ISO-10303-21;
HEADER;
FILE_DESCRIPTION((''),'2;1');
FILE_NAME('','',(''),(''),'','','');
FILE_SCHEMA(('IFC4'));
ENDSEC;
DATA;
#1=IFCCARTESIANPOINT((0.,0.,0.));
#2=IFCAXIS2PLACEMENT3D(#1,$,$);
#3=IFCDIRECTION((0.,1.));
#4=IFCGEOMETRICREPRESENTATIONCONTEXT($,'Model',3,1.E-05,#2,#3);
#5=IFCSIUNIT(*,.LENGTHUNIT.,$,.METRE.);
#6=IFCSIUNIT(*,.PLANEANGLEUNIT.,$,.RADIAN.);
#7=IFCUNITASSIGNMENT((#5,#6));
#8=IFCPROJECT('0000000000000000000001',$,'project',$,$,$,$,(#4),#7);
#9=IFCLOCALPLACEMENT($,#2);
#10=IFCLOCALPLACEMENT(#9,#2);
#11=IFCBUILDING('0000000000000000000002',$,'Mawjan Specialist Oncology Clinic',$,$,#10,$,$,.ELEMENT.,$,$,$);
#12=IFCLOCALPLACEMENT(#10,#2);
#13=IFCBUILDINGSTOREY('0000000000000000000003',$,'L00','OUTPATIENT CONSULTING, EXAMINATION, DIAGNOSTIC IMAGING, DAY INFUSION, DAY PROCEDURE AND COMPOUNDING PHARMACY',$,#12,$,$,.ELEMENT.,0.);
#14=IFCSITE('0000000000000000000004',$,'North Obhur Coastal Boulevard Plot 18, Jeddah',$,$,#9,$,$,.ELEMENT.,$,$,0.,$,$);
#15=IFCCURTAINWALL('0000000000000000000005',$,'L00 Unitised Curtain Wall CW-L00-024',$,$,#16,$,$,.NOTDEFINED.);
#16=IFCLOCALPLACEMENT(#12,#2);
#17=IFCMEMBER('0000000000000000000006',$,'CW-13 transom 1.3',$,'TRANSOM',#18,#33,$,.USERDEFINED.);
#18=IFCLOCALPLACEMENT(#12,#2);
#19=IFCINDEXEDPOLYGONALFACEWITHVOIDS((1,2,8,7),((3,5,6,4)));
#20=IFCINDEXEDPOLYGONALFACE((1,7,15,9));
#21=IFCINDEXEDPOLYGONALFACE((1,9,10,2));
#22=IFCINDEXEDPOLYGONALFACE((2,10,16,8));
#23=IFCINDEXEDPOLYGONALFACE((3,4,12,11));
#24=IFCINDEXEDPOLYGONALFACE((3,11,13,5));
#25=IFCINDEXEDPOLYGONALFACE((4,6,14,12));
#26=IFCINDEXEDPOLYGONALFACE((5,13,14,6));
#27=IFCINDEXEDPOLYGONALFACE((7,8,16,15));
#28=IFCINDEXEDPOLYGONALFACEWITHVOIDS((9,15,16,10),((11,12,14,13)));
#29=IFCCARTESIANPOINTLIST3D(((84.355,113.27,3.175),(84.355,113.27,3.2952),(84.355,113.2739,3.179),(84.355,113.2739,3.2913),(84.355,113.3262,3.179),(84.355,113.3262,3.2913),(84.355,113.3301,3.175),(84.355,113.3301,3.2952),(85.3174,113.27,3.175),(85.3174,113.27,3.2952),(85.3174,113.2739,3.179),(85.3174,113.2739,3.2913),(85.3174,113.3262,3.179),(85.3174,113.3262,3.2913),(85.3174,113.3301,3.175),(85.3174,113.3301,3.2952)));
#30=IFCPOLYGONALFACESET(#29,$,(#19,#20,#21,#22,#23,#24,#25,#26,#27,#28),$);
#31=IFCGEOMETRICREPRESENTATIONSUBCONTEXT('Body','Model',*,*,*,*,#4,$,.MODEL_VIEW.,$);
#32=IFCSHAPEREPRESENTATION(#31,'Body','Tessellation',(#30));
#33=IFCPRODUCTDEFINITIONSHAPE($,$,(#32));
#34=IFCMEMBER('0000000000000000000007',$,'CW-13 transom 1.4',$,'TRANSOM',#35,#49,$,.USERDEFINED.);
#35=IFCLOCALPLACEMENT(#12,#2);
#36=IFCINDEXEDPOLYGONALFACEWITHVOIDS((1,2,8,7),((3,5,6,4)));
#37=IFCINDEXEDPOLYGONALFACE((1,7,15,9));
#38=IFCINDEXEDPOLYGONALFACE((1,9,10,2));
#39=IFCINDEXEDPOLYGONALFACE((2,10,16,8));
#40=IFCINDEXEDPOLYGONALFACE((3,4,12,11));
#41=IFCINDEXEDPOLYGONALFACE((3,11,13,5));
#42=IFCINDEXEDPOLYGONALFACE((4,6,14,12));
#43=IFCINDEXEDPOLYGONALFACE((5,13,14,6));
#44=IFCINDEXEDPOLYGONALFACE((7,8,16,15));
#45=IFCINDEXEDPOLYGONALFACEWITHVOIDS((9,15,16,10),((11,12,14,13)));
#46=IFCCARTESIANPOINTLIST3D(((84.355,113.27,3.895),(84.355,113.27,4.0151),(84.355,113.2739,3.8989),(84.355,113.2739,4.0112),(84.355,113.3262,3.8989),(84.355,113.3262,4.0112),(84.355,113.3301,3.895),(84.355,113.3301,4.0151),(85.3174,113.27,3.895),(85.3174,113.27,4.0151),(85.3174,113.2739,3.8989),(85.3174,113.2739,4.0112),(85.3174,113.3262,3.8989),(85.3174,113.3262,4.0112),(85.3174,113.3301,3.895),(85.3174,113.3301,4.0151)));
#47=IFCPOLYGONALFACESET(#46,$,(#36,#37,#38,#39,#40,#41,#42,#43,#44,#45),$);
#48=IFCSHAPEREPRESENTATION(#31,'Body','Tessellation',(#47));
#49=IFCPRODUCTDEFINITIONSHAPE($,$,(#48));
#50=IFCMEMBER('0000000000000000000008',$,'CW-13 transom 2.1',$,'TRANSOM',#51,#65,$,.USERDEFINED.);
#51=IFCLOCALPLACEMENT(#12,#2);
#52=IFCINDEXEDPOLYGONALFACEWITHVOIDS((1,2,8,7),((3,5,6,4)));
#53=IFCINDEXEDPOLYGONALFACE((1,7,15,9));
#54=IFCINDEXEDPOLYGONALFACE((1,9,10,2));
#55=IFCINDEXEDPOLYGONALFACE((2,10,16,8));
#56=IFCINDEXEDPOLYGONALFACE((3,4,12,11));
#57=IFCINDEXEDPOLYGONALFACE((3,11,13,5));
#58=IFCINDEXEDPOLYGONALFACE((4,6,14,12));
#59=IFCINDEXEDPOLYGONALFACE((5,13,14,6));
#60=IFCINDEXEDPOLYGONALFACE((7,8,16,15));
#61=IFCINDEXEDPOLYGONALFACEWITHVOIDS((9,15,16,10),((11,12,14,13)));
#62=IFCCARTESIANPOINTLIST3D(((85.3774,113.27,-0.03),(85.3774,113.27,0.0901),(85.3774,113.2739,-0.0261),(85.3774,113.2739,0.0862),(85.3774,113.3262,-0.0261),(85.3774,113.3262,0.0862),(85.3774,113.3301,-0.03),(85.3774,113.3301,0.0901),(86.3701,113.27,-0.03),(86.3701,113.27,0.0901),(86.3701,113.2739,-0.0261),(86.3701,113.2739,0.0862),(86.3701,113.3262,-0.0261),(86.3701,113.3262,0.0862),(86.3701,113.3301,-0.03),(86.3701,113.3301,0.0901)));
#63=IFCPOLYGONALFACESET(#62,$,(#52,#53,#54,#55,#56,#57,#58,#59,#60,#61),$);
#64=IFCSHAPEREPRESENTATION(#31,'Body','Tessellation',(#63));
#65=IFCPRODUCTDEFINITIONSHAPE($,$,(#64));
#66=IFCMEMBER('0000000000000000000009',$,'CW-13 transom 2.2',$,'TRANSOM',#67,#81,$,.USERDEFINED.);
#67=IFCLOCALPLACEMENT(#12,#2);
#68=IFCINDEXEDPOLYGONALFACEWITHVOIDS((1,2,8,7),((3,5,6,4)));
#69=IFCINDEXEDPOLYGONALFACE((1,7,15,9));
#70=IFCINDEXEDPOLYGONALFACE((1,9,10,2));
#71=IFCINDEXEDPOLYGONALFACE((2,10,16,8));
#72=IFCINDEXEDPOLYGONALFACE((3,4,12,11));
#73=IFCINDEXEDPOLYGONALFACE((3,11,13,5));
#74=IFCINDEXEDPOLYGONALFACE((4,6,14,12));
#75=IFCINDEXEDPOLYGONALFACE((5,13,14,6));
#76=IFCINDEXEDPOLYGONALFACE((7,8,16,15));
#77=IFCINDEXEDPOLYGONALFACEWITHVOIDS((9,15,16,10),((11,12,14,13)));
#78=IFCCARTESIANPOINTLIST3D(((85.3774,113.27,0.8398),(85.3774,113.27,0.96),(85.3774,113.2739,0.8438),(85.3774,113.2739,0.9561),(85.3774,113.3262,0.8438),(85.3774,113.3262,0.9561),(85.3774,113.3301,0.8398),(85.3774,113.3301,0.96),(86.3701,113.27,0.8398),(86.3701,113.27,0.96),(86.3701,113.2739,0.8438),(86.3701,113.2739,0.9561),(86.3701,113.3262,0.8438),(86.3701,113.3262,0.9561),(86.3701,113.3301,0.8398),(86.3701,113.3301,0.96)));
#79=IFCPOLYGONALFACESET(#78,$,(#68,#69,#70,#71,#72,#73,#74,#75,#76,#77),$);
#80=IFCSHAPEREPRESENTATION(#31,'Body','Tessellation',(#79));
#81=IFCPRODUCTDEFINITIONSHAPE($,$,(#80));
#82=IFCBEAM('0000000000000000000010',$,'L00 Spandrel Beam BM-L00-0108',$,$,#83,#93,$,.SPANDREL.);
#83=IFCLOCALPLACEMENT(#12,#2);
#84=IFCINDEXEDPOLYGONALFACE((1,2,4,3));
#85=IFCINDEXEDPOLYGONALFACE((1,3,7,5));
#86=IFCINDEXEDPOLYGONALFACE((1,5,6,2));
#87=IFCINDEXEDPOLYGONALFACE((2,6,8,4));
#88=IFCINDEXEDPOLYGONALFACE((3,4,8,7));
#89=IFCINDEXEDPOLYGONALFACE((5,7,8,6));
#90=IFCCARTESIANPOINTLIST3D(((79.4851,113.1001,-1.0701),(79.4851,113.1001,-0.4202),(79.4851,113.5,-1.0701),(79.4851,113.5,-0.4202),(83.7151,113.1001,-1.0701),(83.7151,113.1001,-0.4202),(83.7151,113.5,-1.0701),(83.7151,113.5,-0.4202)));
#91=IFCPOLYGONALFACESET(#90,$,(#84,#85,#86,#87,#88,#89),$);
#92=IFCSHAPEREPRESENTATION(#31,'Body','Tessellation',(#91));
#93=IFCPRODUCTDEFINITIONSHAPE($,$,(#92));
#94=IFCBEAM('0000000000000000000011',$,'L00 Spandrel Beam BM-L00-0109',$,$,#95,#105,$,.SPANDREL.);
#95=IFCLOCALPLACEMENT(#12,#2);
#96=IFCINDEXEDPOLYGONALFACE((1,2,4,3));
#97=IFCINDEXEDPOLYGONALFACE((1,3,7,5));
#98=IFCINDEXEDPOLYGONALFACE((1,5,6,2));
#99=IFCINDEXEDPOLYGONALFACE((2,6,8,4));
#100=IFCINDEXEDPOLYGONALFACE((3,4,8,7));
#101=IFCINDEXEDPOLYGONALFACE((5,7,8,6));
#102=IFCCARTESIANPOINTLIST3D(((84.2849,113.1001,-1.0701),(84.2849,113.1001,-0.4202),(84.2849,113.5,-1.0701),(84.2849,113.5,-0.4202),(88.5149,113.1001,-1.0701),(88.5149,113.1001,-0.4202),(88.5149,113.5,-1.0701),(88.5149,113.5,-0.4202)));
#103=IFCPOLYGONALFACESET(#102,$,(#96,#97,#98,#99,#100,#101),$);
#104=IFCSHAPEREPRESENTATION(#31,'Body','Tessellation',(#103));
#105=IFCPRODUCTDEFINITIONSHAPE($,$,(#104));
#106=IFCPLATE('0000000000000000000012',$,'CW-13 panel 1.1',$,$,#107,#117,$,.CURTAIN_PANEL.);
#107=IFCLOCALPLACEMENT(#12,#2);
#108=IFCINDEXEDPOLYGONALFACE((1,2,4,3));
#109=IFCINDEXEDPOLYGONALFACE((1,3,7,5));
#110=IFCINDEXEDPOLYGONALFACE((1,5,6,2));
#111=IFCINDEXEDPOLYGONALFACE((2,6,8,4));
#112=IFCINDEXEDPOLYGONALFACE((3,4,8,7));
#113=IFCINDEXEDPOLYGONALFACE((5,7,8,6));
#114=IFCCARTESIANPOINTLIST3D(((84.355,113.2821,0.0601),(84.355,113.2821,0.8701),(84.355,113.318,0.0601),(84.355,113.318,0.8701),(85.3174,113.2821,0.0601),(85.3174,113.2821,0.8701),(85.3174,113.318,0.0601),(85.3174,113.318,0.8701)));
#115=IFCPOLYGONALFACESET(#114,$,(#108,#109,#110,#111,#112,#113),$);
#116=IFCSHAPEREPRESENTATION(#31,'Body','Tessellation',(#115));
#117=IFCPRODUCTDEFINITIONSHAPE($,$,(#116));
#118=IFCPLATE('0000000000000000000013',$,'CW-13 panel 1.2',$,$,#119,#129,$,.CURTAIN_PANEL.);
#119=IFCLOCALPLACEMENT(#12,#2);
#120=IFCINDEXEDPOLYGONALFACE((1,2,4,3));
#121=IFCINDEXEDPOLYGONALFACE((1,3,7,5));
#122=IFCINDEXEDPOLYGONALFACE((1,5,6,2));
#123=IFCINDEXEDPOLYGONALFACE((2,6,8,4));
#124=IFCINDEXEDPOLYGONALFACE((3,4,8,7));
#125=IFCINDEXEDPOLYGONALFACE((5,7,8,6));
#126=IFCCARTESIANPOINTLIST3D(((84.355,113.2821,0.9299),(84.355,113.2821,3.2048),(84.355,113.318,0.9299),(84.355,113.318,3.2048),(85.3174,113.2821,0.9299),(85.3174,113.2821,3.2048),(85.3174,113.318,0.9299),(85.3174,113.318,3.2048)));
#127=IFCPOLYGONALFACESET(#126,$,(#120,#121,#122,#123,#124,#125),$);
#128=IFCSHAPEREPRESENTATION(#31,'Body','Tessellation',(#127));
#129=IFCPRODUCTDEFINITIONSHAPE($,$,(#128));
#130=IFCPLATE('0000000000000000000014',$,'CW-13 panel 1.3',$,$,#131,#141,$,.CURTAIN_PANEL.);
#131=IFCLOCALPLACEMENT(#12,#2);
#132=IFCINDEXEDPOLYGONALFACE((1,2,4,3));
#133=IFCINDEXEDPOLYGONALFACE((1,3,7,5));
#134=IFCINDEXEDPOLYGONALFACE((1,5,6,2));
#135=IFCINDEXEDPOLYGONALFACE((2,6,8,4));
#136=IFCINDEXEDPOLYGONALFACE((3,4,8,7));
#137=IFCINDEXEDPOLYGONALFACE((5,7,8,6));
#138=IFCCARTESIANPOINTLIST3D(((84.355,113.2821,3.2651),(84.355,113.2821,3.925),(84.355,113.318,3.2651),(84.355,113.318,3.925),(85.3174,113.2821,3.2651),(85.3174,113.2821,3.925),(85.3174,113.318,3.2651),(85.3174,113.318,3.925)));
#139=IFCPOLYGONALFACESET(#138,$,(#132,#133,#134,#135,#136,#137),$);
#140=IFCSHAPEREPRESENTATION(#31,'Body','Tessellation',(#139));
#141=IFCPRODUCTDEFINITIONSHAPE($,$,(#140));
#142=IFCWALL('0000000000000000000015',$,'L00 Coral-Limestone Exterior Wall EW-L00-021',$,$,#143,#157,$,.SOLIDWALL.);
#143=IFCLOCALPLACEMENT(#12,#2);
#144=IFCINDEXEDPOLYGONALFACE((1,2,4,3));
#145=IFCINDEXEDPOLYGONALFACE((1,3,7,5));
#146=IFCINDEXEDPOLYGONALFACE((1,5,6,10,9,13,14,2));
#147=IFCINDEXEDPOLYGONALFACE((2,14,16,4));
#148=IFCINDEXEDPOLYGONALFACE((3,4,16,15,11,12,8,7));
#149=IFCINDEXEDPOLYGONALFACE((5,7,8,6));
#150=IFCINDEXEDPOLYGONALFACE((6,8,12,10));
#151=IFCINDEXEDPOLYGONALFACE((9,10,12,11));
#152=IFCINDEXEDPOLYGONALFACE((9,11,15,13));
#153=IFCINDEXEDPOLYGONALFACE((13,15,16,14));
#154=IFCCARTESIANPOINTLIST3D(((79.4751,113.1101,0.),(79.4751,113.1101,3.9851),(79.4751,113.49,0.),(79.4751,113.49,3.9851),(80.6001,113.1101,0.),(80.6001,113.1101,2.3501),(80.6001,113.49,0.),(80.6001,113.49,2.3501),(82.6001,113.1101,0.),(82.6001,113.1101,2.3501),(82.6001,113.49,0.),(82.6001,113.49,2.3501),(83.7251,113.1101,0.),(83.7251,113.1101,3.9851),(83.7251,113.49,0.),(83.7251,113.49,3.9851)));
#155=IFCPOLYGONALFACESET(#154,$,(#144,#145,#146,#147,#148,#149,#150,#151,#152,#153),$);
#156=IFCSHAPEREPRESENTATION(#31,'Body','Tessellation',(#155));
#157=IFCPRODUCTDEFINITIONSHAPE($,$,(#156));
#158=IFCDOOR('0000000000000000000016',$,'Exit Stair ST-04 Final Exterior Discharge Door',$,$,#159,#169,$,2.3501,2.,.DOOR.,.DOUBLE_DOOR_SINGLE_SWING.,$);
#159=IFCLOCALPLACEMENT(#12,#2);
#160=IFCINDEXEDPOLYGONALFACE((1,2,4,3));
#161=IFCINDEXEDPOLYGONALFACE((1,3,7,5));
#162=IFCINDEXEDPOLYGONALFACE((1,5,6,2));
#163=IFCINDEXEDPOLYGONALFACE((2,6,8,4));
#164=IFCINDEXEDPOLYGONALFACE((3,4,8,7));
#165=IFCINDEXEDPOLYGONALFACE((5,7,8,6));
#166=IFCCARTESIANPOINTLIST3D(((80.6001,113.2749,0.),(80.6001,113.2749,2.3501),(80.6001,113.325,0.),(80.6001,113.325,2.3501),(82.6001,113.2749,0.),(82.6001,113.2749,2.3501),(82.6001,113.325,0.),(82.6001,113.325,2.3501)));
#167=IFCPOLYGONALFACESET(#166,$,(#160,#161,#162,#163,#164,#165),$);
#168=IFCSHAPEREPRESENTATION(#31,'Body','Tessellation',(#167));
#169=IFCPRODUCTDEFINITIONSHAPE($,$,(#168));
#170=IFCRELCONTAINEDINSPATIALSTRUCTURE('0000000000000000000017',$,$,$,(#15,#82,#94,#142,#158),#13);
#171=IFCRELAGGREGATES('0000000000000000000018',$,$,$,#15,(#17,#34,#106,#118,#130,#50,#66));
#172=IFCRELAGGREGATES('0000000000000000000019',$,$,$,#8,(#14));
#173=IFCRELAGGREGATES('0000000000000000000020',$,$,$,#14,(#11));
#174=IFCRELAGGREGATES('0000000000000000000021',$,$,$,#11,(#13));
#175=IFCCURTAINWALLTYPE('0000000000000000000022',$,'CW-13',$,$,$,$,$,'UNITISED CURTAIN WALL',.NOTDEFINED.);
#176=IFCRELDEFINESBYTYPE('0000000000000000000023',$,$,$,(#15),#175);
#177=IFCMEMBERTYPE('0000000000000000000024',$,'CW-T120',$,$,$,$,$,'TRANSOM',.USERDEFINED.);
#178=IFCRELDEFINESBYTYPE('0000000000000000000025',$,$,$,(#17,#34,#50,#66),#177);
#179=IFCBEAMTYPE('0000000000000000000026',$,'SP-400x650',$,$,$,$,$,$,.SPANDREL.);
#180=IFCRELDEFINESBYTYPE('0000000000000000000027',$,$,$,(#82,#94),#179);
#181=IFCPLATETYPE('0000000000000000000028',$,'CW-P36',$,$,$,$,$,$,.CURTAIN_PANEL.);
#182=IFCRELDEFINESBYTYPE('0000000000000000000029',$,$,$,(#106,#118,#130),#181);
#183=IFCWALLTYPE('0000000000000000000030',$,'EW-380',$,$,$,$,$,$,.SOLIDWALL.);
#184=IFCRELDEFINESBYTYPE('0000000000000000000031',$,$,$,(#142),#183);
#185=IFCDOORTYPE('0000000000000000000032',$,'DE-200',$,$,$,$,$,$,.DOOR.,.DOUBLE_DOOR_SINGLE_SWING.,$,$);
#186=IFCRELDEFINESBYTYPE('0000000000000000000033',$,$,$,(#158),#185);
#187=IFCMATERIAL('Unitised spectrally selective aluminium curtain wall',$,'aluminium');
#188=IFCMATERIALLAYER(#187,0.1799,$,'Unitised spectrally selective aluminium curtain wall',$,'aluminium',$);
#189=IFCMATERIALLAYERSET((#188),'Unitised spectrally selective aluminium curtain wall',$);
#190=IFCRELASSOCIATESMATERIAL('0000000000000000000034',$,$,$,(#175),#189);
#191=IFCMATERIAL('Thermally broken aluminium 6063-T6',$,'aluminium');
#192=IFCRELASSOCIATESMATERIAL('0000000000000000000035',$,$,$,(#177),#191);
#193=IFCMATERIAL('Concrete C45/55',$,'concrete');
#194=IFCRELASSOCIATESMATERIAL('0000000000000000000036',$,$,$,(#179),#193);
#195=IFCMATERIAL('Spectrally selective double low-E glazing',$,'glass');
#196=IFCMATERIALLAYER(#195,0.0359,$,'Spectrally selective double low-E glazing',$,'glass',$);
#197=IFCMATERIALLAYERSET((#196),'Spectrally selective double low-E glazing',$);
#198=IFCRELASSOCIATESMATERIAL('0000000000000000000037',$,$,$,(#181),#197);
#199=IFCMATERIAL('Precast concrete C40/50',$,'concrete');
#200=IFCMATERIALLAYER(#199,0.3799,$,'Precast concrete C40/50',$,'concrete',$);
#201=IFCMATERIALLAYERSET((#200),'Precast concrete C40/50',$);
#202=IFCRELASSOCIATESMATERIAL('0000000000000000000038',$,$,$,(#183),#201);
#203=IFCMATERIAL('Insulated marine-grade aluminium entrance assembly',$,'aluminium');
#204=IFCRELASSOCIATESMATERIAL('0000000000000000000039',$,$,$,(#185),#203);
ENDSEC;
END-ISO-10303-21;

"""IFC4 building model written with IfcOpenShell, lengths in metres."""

from ifc_helpers import new_model, si_unit, direction, frame, frame_2d, origin, origin_2d, place, context, subcontext, project, spatial, rectangle, hollow_rectangle, extrude, material, layer, layer_set, material_profile, profile_set, type_object, element, fill, aggregate, save


model = new_model("IFC4")

# Units and contexts
model_context = context("Model", 3, precision=1e-05, world=origin(), true_north=direction((0.0, 1.0)))
body_context = subcontext(model_context, "Body", "Model", "MODEL_VIEW")
ifc_project = project(units=[si_unit("LENGTHUNIT", "METRE"), si_unit("PLANEANGLEUNIT", "RADIAN")], contexts=[model_context])

# Site, building, storey
site_placement = place(None, origin())
site = spatial("IfcSite", under=ifc_project, at=site_placement, Name="North Obhur Coastal Boulevard Plot 18, Jeddah", CompositionType="ELEMENT", RefElevation=0.0)
building_placement = place(site_placement, origin())
building = spatial("IfcBuilding", under=site, at=building_placement, Name="Mawjan Specialist Oncology Clinic", CompositionType="ELEMENT")
storey_placement = place(building_placement, origin())
storey = spatial("IfcBuildingStorey", under=building, at=storey_placement, Name="L00", Description="OUTPATIENT CONSULTING, EXAMINATION, DIAGNOSTIC IMAGING, DAY INFUSION, DAY PROCEDURE AND COMPOUNDING PHARMACY", CompositionType="ELEMENT", Elevation=0.0)

# Curtain wall, members
ifc_material_1 = material(Name="Unitised spectrally selective aluminium curtain wall", Category="aluminium")
ifc_layer_1 = layer(ifc_material_1, 0.1799, Name="Unitised spectrally selective aluminium curtain wall", Category="aluminium")
ifc_layer_set_1 = layer_set([ifc_layer_1], Name="Unitised spectrally selective aluminium curtain wall")
curtain_wall_type = type_object("IfcCurtainWallType", Name="CW-13", ElementType="UNITISED CURTAIN WALL", PredefinedType="NOTDEFINED", material=ifc_layer_set_1)
curtain_wall_placement = place(storey_placement, origin())
curtain_wall = element("IfcCurtainWall", 1, at=curtain_wall_placement, inside=storey, type_object=curtain_wall_type, Name="L00 Unitised Curtain Wall CW-L00-024", PredefinedType="NOTDEFINED")
ifc_material_2 = material(Name="Thermally broken aluminium 6063-T6", Category="aluminium")
ifc_material_profile_1 = material_profile(ifc_material_2, hollow_rectangle(XDim=0.0601, YDim=0.1201, WallThickness=0.0039, at=origin_2d()), Name="ALU TRANSOM 120x60x4", Category="aluminium")
ifc_profile_set_1 = profile_set([ifc_material_profile_1], Name="Thermally broken aluminium 6063-T6")
member_type_1 = type_object("IfcMemberType", Name="CW-T120", ElementType="TRANSOM", PredefinedType="USERDEFINED", material=ifc_profile_set_1)
member_1_placement = place(storey_placement, frame((84.355, 113.3, 3.2351), z_axis=(1.0, 0.0, 0.0), x_axis=(0.0, 1.0, 0.0)))
member_1 = element("IfcMember", 2, at=member_1_placement, type_object=member_type_1, Name="CW-13 transom 1.3", ObjectType="TRANSOM", PredefinedType="USERDEFINED", context=body_context, shape_type="SweptSolid", body=[
    extrude(hollow_rectangle(XDim=0.0601, YDim=0.1201, WallThickness=0.0039, at=origin_2d()), origin(), (0.0, 0.0, 1.0), 0.9624),
])
member_2_placement = place(storey_placement, frame((84.355, 113.3, 3.9551), z_axis=(1.0, 0.0, 0.0), x_axis=(0.0, 1.0, 0.0)))
member_2 = element("IfcMember", 3, at=member_2_placement, type_object=member_type_1, Name="CW-13 transom 1.4", ObjectType="TRANSOM", PredefinedType="USERDEFINED", context=body_context, shape_type="SweptSolid", body=[
    extrude(hollow_rectangle(XDim=0.0601, YDim=0.1201, WallThickness=0.0039, at=origin_2d()), origin(), (0.0, 0.0, 1.0), 0.9624),
])
member_3_placement = place(storey_placement, frame((85.3774, 113.3, 0.03), z_axis=(1.0, 0.0, 0.0), x_axis=(0.0, 1.0, 0.0)))
member_3 = element("IfcMember", 4, at=member_3_placement, type_object=member_type_1, Name="CW-13 transom 2.1", ObjectType="TRANSOM", PredefinedType="USERDEFINED", context=body_context, shape_type="SweptSolid", body=[
    extrude(hollow_rectangle(XDim=0.0601, YDim=0.1201, WallThickness=0.0039, at=origin_2d()), origin(), (0.0, 0.0, 1.0), 0.9927),
])
member_4_placement = place(storey_placement, frame((85.3774, 113.3, 0.8999), z_axis=(1.0, 0.0, 0.0), x_axis=(0.0, 1.0, 0.0)))
member_4 = element("IfcMember", 5, at=member_4_placement, type_object=member_type_1, Name="CW-13 transom 2.2", ObjectType="TRANSOM", PredefinedType="USERDEFINED", context=body_context, shape_type="SweptSolid", body=[
    extrude(hollow_rectangle(XDim=0.0601, YDim=0.1201, WallThickness=0.0039, at=origin_2d()), origin(), (0.0, 0.0, 1.0), 0.9927),
])

# Beams
ifc_material_3 = material(Name="Concrete C45/55", Category="concrete")
ifc_material_profile_2 = material_profile(ifc_material_3, rectangle(XDim=0.3999, YDim=0.6499, at=origin_2d()), Name="RC BM 400x650", Category="concrete")
ifc_profile_set_2 = profile_set([ifc_material_profile_2], Name="Concrete C45/55")
beam_type_1 = type_object("IfcBeamType", Name="SP-400x650", PredefinedType="SPANDREL", material=ifc_profile_set_2)
for number, where, z_axis, x_axis, name in (
    (6, (79.4851, 113.3, -0.7451), (1.0, 0.0, 0.0), (0.0, 1.0, 0.0), "L00 Spandrel Beam BM-L00-0108"),
    (7, (84.2849, 113.3, -0.7451), (1.0, 0.0, 0.0), (0.0, 1.0, 0.0), "L00 Spandrel Beam BM-L00-0109"),
):
    element("IfcBeam", number, at=place(storey_placement, frame(where, z_axis=z_axis, x_axis=x_axis)), inside=storey, type_object=beam_type_1, Name=name, PredefinedType="SPANDREL", context=body_context, shape_type="SweptSolid", body=[
        extrude(rectangle(XDim=0.3999, YDim=0.6499, at=origin_2d()), origin(), (0.0, 0.0, 1.0), 4.23),
    ])

# Plates
ifc_material_4 = material(Name="Spectrally selective double low-E glazing", Category="glass")
ifc_layer_2 = layer(ifc_material_4, 0.0359, Name="Spectrally selective double low-E glazing", Category="glass")
ifc_layer_set_2 = layer_set([ifc_layer_2], Name="Spectrally selective double low-E glazing")
plate_type = type_object("IfcPlateType", Name="CW-P36", PredefinedType="CURTAIN_PANEL", material=ifc_layer_set_2)
plate_1_placement = place(storey_placement, frame((84.8362, 113.3, 0.0601), z_axis=(0.0, 0.0, 1.0), x_axis=(1.0, 0.0, 0.0)))
plate_1 = element("IfcPlate", 8, at=plate_1_placement, type_object=plate_type, Name="CW-13 panel 1.1", PredefinedType="CURTAIN_PANEL", context=body_context, shape_type="SweptSolid", body=[
    extrude(rectangle(XDim=0.9624, YDim=0.0359, at=origin_2d()), origin(), (0.0, 0.0, 1.0), 0.8101),
])
plate_2_placement = place(storey_placement, frame((84.8362, 113.3, 0.9299), z_axis=(0.0, 0.0, 1.0), x_axis=(1.0, 0.0, 0.0)))
plate_2 = element("IfcPlate", 9, at=plate_2_placement, type_object=plate_type, Name="CW-13 panel 1.2", PredefinedType="CURTAIN_PANEL", context=body_context, shape_type="SweptSolid", body=[
    extrude(rectangle(XDim=0.9624, YDim=0.0359, at=origin_2d()), origin(), (0.0, 0.0, 1.0), 2.2749),
])
plate_3_placement = place(storey_placement, frame((84.8362, 113.3, 3.2651), z_axis=(0.0, 0.0, 1.0), x_axis=(1.0, 0.0, 0.0)))
plate_3 = element("IfcPlate", 10, at=plate_3_placement, type_object=plate_type, Name="CW-13 panel 1.3", PredefinedType="CURTAIN_PANEL", context=body_context, shape_type="SweptSolid", body=[
    extrude(rectangle(XDim=0.9624, YDim=0.0359, at=origin_2d()), origin(), (0.0, 0.0, 1.0), 0.6599),
])
aggregate(curtain_wall, [member_1, member_2, plate_1, plate_2, plate_3, member_3, member_4])

# Wall, opening, door
ifc_material_5 = material(Name="Precast concrete C40/50", Category="concrete")
ifc_layer_3 = layer(ifc_material_5, 0.3799, Name="Precast concrete C40/50", Category="concrete")
ifc_layer_set_3 = layer_set([ifc_layer_3], Name="Precast concrete C40/50")
wall_type = type_object("IfcWallType", Name="EW-380", PredefinedType="SOLIDWALL", material=ifc_layer_set_3)
wall_placement = place(storey_placement, frame((79.4751, 113.3, 0.0), z_axis=(0.0, 0.0, 1.0), x_axis=(1.0, 0.0, 0.0)))
wall = element("IfcWall", 11, at=wall_placement, inside=storey, type_object=wall_type, Name="L00 Coral-Limestone Exterior Wall EW-L00-021", PredefinedType="SOLIDWALL", context=body_context, shape_type="SweptSolid", body=[
    extrude(rectangle(XDim=4.25, YDim=0.3799, at=frame_2d((2.125, 0.0))), origin(), (0.0, 0.0, 1.0), 3.9851),
])
opening_placement = place(wall_placement, frame((1.125, 0.0, 0.0)))
opening = element("IfcOpeningElement", 12, at=opening_placement, cuts=wall, PredefinedType="OPENING", context=body_context, shape_type="SweptSolid", body=[
    extrude(rectangle(XDim=2.0, YDim=2.3501, at=frame_2d((1.0, 1.175))), frame((0.0, 0.2019, 0.0), z_axis=(0.0, -1.0, 0.0), x_axis=(1.0, 0.0, 0.0)), (0.0, 0.0, 1.0), 0.4038),
])
ifc_material_6 = material(Name="Insulated marine-grade aluminium entrance assembly", Category="aluminium")
door_type = type_object("IfcDoorType", Name="DE-200", OperationType="DOUBLE_DOOR_SINGLE_SWING", PredefinedType="DOOR", material=ifc_material_6)
door_placement = place(opening_placement, origin())
door = element("IfcDoor", 13, at=door_placement, inside=storey, type_object=door_type, Name="Exit Stair ST-04 Final Exterior Discharge Door", OperationType="DOUBLE_DOOR_SINGLE_SWING", OverallHeight=2.3501, OverallWidth=2.0, PredefinedType="DOOR", context=body_context, shape_type="SweptSolid", body=[
    extrude(rectangle(XDim=2.0, YDim=2.3501, at=frame_2d((1.0, 1.175))), frame((0.0, 0.0249, 0.0), z_axis=(0.0, -1.0, 0.0), x_axis=(1.0, 0.0, 0.0)), (0.0, 0.0, 1.0), 0.05),
])
fill(opening, door)

save(model, "model.ifc")
